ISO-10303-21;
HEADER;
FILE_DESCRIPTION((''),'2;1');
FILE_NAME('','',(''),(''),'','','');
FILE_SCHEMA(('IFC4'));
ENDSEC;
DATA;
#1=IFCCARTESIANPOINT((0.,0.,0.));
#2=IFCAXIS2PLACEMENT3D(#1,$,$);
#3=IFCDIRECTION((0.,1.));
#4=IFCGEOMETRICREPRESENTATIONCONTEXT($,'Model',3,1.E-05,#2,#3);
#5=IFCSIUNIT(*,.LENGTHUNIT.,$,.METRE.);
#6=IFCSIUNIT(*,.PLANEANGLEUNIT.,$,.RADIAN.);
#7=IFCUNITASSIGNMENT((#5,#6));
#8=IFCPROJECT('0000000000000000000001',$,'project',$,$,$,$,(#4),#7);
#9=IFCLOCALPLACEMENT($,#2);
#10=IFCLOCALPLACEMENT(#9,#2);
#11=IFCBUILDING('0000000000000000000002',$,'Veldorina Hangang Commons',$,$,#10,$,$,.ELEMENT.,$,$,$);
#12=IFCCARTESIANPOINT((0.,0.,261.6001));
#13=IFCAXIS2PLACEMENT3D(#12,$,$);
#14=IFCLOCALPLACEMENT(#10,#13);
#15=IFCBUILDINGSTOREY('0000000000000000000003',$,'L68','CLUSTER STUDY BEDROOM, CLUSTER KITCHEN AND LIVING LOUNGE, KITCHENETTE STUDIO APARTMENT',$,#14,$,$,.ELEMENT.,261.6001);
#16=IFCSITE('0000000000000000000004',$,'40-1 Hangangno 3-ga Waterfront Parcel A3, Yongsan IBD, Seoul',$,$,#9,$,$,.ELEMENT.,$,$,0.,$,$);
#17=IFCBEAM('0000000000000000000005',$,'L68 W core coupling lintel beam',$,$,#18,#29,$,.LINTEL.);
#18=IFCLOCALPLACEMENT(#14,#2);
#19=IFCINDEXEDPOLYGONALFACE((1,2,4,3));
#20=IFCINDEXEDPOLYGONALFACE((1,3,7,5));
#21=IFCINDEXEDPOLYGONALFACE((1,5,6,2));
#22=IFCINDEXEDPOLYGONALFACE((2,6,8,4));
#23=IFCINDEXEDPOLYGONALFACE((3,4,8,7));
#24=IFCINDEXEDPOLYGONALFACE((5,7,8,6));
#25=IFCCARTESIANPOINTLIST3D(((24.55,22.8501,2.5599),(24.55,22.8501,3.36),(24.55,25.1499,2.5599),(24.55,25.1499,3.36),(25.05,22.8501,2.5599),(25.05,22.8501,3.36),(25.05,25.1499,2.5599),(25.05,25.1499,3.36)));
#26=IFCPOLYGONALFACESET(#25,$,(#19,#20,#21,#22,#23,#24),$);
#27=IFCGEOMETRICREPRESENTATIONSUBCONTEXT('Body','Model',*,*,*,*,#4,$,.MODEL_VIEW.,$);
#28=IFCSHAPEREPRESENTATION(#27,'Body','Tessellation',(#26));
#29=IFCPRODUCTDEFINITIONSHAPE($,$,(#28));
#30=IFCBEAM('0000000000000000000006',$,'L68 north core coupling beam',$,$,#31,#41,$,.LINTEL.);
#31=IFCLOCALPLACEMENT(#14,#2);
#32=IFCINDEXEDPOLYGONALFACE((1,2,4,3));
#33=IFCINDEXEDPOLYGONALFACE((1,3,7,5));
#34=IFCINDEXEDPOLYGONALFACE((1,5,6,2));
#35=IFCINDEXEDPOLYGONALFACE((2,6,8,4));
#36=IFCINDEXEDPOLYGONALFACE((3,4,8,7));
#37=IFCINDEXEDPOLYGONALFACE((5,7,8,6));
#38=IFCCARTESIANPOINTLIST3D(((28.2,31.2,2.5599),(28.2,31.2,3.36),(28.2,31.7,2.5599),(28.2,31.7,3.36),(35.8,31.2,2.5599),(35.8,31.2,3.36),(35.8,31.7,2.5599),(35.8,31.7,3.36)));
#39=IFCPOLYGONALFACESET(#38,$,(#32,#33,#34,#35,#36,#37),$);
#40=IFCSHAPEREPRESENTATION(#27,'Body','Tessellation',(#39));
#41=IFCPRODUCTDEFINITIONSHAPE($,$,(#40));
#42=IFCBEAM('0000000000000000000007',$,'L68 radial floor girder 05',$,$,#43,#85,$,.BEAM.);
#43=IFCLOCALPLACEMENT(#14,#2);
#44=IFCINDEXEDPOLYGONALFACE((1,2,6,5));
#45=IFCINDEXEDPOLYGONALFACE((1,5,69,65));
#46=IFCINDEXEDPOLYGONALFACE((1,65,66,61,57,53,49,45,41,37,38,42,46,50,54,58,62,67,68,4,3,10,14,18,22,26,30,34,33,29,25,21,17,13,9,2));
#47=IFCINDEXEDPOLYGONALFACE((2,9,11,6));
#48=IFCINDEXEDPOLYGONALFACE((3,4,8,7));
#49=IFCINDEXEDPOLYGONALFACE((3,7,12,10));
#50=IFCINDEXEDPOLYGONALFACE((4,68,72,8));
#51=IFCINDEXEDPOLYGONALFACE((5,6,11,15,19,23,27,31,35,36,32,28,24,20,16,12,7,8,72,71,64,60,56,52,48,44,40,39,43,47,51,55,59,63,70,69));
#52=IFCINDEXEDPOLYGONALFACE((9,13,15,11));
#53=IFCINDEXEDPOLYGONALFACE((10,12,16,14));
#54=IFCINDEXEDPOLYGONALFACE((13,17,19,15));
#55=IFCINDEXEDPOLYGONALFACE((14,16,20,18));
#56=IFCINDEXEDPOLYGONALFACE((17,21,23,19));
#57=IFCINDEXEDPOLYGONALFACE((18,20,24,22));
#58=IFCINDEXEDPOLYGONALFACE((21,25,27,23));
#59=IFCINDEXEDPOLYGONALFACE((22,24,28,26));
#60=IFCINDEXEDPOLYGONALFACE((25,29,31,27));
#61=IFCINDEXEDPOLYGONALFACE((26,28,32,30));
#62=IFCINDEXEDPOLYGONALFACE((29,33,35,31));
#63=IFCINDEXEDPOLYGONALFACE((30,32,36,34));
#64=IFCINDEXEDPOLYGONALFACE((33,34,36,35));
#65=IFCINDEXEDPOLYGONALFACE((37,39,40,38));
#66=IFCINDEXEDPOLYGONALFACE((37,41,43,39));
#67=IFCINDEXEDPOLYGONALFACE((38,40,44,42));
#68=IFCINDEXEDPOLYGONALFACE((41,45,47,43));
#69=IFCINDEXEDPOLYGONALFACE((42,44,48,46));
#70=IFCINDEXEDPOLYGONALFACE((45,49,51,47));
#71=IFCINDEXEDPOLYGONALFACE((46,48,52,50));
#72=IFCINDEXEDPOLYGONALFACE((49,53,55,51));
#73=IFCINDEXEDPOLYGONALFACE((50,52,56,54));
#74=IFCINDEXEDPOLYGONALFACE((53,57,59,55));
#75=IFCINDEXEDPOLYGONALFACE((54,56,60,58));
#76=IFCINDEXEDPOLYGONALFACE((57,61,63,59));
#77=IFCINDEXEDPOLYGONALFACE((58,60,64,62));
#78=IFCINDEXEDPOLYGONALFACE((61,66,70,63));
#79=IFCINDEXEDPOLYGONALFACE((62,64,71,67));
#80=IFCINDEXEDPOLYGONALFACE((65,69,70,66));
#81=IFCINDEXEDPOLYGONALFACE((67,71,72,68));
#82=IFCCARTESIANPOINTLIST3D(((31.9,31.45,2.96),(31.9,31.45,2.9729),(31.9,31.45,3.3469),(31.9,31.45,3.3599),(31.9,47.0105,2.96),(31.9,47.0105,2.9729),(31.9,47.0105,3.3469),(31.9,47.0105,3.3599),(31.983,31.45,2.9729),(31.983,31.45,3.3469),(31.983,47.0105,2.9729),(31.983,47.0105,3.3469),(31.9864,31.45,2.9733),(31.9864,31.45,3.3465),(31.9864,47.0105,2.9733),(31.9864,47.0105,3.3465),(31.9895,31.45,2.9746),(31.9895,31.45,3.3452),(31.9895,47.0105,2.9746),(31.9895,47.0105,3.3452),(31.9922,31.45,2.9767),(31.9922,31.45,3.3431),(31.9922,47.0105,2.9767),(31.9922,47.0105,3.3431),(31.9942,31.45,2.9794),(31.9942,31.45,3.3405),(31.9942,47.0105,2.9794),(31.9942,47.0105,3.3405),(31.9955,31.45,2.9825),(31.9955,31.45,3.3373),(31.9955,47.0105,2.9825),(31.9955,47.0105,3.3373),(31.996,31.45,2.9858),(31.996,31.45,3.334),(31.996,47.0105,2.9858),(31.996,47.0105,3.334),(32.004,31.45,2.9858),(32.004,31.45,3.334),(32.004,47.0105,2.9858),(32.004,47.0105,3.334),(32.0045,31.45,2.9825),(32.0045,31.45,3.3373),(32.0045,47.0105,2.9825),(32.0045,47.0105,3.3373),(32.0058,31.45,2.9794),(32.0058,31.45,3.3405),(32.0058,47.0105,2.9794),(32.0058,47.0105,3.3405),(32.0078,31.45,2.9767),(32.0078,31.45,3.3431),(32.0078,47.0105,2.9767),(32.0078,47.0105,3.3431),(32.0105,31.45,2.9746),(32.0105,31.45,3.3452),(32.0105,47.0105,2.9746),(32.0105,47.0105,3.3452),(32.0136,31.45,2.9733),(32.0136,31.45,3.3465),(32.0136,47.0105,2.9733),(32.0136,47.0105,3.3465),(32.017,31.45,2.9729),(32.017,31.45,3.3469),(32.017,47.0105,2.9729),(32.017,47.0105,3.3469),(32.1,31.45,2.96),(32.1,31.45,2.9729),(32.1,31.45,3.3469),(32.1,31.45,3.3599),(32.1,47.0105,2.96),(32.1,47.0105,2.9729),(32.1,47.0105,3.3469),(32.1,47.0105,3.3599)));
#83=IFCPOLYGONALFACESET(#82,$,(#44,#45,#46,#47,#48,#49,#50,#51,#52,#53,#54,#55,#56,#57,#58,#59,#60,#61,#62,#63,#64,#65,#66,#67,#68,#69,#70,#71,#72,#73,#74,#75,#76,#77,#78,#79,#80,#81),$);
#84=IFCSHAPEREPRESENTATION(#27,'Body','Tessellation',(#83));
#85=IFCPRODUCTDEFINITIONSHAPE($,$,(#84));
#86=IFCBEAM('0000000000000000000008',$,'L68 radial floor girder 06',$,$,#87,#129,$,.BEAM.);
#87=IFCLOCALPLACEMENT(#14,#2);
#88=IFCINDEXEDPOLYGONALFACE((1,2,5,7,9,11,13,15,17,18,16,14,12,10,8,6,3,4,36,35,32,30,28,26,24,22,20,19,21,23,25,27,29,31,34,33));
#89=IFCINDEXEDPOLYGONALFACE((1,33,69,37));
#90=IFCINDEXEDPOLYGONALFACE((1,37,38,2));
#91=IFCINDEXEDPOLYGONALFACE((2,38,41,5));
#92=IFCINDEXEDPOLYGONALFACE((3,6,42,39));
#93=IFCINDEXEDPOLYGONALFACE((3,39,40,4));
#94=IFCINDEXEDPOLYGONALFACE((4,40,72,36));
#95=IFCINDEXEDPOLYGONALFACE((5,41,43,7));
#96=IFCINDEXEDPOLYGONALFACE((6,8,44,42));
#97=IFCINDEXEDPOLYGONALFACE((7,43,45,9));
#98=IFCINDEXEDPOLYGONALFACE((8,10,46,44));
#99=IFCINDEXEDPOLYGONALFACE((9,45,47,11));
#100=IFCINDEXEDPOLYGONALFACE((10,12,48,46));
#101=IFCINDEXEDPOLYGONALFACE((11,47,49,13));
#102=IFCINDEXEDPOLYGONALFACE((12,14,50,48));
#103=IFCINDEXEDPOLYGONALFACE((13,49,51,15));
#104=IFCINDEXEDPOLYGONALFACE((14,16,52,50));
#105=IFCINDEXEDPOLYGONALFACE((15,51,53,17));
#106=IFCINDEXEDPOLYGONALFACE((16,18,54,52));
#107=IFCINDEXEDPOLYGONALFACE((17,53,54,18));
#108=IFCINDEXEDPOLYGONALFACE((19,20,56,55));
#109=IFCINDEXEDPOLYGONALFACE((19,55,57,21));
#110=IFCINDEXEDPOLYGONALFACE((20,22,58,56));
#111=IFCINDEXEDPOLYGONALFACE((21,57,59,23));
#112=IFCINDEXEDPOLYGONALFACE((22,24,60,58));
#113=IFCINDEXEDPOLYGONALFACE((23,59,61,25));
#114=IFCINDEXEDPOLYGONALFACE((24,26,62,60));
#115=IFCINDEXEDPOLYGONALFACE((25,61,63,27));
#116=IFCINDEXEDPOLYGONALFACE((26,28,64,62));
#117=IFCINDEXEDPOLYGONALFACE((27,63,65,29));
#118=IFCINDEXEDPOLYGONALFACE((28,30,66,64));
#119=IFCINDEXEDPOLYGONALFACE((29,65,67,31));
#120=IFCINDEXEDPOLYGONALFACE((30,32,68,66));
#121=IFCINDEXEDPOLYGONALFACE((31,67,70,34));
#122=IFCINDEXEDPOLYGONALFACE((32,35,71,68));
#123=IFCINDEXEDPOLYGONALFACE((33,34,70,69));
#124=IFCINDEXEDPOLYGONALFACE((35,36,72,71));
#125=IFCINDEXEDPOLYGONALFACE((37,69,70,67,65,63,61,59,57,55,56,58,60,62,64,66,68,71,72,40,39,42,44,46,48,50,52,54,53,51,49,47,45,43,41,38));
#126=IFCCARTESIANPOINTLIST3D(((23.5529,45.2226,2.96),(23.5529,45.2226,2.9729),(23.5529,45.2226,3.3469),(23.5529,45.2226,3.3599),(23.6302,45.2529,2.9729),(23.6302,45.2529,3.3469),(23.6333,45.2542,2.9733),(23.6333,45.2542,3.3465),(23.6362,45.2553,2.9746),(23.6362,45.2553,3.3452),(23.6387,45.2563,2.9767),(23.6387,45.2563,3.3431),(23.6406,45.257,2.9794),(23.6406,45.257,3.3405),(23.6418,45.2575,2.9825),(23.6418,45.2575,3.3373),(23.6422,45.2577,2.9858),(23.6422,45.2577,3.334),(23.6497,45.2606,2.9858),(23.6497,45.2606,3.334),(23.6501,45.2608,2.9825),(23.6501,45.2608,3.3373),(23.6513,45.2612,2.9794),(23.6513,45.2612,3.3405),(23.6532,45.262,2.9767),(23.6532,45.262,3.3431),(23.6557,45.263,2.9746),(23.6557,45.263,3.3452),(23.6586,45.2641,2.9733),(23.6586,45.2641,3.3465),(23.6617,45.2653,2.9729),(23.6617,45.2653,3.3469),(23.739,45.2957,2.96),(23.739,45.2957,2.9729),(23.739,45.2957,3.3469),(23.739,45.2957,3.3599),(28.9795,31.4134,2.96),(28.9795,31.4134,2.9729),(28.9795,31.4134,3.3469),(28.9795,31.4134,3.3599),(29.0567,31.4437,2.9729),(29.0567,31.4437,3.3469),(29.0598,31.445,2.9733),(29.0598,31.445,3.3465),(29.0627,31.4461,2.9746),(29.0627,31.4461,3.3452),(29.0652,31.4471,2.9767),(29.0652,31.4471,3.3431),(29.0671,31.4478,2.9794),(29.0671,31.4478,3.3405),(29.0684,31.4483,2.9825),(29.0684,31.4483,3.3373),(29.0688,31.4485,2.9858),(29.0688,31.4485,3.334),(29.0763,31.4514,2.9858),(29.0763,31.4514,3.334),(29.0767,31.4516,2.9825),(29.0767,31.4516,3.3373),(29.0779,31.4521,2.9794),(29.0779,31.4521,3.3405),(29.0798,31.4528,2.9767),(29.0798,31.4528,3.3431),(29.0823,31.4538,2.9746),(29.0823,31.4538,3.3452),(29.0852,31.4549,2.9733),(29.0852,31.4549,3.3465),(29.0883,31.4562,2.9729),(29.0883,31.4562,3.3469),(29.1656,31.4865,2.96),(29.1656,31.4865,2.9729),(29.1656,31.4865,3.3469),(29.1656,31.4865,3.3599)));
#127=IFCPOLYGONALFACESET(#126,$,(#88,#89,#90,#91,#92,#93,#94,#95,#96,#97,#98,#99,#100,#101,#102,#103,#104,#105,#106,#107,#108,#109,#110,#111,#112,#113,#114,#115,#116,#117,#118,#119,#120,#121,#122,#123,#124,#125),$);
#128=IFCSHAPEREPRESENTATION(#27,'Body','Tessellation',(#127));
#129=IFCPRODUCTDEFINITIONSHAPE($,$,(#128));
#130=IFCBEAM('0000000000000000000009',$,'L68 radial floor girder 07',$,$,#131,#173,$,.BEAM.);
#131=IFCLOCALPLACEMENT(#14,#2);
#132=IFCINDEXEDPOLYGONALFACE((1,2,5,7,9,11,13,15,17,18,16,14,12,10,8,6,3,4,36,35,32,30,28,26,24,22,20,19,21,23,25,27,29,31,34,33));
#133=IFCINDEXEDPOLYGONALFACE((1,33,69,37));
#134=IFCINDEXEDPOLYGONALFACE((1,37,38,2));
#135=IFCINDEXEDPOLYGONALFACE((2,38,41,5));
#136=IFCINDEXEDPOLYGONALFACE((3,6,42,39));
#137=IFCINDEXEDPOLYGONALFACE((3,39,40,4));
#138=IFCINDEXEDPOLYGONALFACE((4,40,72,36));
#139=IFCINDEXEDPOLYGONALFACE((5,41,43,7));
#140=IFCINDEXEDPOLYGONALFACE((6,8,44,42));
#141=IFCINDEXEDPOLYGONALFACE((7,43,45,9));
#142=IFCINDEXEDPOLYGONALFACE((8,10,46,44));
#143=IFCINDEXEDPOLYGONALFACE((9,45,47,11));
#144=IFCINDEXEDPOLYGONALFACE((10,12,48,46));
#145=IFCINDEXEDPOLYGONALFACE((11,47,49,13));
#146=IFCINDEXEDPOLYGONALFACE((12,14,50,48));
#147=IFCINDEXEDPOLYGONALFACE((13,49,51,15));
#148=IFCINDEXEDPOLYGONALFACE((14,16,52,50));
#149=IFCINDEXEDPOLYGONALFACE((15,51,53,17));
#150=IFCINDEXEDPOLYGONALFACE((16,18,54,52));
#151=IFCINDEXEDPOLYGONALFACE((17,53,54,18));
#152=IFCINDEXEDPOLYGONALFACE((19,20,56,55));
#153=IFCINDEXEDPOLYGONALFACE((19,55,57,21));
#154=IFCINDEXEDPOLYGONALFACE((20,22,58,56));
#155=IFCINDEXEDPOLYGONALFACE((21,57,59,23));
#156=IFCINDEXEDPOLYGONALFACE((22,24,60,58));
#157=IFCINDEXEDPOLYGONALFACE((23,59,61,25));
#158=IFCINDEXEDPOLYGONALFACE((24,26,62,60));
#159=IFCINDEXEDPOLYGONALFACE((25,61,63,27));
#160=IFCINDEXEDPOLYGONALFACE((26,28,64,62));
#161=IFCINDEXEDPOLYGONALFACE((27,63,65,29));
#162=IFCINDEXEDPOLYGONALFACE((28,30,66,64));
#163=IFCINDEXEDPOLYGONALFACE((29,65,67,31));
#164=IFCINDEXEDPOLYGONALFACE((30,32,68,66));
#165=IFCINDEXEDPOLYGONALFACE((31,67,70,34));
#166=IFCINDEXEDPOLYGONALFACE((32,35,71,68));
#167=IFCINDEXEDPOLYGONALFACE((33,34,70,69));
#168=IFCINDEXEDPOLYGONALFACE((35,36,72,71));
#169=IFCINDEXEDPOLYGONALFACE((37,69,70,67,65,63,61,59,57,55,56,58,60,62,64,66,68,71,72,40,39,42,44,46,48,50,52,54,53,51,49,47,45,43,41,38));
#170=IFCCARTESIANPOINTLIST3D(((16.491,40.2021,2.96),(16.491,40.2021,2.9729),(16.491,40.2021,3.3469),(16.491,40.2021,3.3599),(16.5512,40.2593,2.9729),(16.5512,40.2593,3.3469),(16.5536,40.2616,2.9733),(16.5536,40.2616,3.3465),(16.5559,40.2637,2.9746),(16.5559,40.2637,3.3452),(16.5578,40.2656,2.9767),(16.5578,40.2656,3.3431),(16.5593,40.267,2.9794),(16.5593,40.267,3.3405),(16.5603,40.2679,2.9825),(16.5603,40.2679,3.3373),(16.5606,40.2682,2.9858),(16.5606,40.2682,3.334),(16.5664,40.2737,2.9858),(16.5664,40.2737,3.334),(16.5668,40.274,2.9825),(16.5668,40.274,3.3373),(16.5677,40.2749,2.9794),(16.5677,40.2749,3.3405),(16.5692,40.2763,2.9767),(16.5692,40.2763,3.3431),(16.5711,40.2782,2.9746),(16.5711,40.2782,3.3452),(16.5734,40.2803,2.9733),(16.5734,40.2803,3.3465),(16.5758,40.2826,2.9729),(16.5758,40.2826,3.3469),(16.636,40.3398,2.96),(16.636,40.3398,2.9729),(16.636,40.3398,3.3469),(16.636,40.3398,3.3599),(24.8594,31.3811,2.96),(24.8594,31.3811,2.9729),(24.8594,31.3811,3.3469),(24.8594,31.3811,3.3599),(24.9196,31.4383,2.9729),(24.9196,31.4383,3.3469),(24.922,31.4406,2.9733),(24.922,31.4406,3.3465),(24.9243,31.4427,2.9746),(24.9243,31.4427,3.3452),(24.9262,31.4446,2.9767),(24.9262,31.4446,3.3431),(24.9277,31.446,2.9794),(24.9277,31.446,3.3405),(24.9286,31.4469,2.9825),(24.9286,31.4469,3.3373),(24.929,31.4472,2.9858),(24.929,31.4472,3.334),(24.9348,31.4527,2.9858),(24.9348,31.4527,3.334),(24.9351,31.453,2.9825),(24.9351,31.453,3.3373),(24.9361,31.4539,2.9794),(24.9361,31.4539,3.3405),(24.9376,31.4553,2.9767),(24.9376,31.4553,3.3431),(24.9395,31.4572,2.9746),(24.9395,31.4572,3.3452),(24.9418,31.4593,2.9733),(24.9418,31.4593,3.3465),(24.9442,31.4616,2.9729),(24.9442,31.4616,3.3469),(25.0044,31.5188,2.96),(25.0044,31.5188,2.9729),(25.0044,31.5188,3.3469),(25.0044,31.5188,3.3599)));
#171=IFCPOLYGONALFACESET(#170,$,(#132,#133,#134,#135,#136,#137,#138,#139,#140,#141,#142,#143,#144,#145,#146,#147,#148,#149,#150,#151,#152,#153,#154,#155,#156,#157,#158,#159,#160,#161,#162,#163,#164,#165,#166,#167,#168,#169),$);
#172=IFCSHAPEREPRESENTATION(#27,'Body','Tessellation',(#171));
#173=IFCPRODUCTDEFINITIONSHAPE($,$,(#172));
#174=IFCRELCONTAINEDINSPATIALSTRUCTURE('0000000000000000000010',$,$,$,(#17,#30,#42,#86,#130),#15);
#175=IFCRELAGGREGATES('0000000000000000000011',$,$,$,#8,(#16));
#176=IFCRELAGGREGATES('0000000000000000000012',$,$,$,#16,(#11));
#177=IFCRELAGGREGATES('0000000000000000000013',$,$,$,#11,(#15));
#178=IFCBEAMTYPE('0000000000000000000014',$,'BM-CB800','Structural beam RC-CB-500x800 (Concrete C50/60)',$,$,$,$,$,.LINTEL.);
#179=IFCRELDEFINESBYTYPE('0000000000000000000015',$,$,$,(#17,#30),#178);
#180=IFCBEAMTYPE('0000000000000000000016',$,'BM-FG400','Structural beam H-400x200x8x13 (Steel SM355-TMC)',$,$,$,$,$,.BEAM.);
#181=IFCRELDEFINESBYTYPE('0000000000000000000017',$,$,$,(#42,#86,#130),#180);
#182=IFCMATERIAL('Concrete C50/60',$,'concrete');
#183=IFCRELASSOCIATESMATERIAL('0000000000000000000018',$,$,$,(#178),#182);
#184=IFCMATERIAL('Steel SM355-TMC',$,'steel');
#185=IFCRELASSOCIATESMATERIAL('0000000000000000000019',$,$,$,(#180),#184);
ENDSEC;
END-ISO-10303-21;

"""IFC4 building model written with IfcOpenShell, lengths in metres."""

from ifc_helpers import new_model, si_unit, direction, frame, origin, origin_2d, place, context, subcontext, project, spatial, rectangle, i_section, extrude, material, material_profile, profile_set, type_object, element, save


model = new_model("IFC4")

# Units and contexts
model_context = context("Model", 3, precision=1e-05, world=origin(), true_north=direction((0.0, 1.0)))
body_context = subcontext(model_context, "Body", "Model", "MODEL_VIEW")
ifc_project = project(units=[si_unit("LENGTHUNIT", "METRE"), si_unit("PLANEANGLEUNIT", "RADIAN")], contexts=[model_context])

# Site, building, storey
site_placement = place(None, origin())
site = spatial("IfcSite", under=ifc_project, at=site_placement, Name="40-1 Hangangno 3-ga Waterfront Parcel A3, Yongsan IBD, Seoul", CompositionType="ELEMENT", RefElevation=0.0)
building_placement = place(site_placement, origin())
building = spatial("IfcBuilding", under=site, at=building_placement, Name="Veldorina Hangang Commons", CompositionType="ELEMENT")
storey_placement = place(building_placement, frame((0.0, 0.0, 261.6001)))
storey = spatial("IfcBuildingStorey", under=building, at=storey_placement, Name="L68", Description="CLUSTER STUDY BEDROOM, CLUSTER KITCHEN AND LIVING LOUNGE, KITCHENETTE STUDIO APARTMENT", CompositionType="ELEMENT", Elevation=261.6001)

# Beams
ifc_material_1 = material(Name="Concrete C50/60", Category="concrete")
ifc_material_profile_1 = material_profile(ifc_material_1, rectangle(XDim=0.5, YDim=0.8, at=origin_2d()), Name="RC-CB-500x800")
ifc_profile_set_1 = profile_set([ifc_material_profile_1], Name="Concrete C50/60")
beam_type_1 = type_object("IfcBeamType", Name="BM-CB800", Description="Structural beam RC-CB-500x800 (Concrete C50/60)", PredefinedType="LINTEL", material=ifc_profile_set_1)
beam_1_placement = place(storey_placement, frame((24.8, 22.8501, 2.96), z_axis=(0.0, 1.0, 0.0), x_axis=(-1.0, 0.0, 0.0)))
element("IfcBeam", 1, at=beam_1_placement, inside=storey, type_object=beam_type_1, Name="L68 W core coupling lintel beam", PredefinedType="LINTEL", context=body_context, shape_type="SweptSolid", body=[
    extrude(rectangle(XDim=0.5, YDim=0.8, at=origin_2d()), origin(), (0.0, 0.0, 1.0), 2.2998),
])
beam_2_placement = place(storey_placement, frame((28.2, 31.45, 2.96), z_axis=(1.0, 0.0, 0.0), x_axis=(0.0, 1.0, 0.0)))
element("IfcBeam", 2, at=beam_2_placement, inside=storey, type_object=beam_type_1, Name="L68 north core coupling beam", PredefinedType="LINTEL", context=body_context, shape_type="SweptSolid", body=[
    extrude(rectangle(XDim=0.5, YDim=0.8, at=origin_2d()), origin(), (0.0, 0.0, 1.0), 7.6001),
])
ifc_material_2 = material(Name="Steel SM355-TMC", Category="steel")
ifc_material_profile_2 = material_profile(ifc_material_2, i_section(OverallWidth=0.2, OverallDepth=0.3999, WebThickness=0.0081, FlangeThickness=0.0129, FilletRadius=0.0129, at=origin_2d()), Name="H-400x200x8x13")
ifc_profile_set_2 = profile_set([ifc_material_profile_2], Name="Steel SM355-TMC")
beam_type_2 = type_object("IfcBeamType", Name="BM-FG400", Description="Structural beam H-400x200x8x13 (Steel SM355-TMC)", PredefinedType="BEAM", material=ifc_profile_set_2)
beam_3_placement = place(storey_placement, frame((32.0, 31.45, 3.1599), z_axis=(0.0, 1.0, 0.0), x_axis=(-1.0, 0.0, 0.0)))
element("IfcBeam", 3, at=beam_3_placement, inside=storey, type_object=beam_type_2, Name="L68 radial floor girder 05", PredefinedType="BEAM", context=body_context, shape_type="SweptSolid", body=[
    extrude(i_section(OverallWidth=0.2, OverallDepth=0.3999, WebThickness=0.0081, FlangeThickness=0.0129, FilletRadius=0.0129, at=origin_2d()), origin(), (0.0, 0.0, 1.0), 15.5605),
])
beam_4_placement = place(storey_placement, frame((29.0725, 31.45, 3.1599), z_axis=(-0.365741, 0.930717, 0.0), x_axis=(-0.930717, -0.365741, 0.0)))
element("IfcBeam", 4, at=beam_4_placement, inside=storey, type_object=beam_type_2, Name="L68 radial floor girder 06", PredefinedType="BEAM", context=body_context, shape_type="SweptSolid", body=[
    extrude(i_section(OverallWidth=0.2, OverallDepth=0.3999, WebThickness=0.0081, FlangeThickness=0.0129, FilletRadius=0.0129, at=origin_2d()), origin(), (0.0, 0.0, 1.0), 14.8372),
])
beam_5_placement = place(storey_placement, frame((24.9319, 31.45, 3.1599), z_axis=(-0.688249, 0.725475, 0.0), x_axis=(-0.725475, -0.688249, 0.0)))
element("IfcBeam", 5, at=beam_5_placement, inside=storey, type_object=beam_type_2, Name="L68 radial floor girder 07", PredefinedType="BEAM", context=body_context, shape_type="SweptSolid", body=[
    extrude(i_section(OverallWidth=0.2, OverallDepth=0.3999, WebThickness=0.0081, FlangeThickness=0.0129, FilletRadius=0.0129, at=origin_2d()), origin(), (0.0, 0.0, 1.0), 12.1589),
])

save(model, "model.ifc")
